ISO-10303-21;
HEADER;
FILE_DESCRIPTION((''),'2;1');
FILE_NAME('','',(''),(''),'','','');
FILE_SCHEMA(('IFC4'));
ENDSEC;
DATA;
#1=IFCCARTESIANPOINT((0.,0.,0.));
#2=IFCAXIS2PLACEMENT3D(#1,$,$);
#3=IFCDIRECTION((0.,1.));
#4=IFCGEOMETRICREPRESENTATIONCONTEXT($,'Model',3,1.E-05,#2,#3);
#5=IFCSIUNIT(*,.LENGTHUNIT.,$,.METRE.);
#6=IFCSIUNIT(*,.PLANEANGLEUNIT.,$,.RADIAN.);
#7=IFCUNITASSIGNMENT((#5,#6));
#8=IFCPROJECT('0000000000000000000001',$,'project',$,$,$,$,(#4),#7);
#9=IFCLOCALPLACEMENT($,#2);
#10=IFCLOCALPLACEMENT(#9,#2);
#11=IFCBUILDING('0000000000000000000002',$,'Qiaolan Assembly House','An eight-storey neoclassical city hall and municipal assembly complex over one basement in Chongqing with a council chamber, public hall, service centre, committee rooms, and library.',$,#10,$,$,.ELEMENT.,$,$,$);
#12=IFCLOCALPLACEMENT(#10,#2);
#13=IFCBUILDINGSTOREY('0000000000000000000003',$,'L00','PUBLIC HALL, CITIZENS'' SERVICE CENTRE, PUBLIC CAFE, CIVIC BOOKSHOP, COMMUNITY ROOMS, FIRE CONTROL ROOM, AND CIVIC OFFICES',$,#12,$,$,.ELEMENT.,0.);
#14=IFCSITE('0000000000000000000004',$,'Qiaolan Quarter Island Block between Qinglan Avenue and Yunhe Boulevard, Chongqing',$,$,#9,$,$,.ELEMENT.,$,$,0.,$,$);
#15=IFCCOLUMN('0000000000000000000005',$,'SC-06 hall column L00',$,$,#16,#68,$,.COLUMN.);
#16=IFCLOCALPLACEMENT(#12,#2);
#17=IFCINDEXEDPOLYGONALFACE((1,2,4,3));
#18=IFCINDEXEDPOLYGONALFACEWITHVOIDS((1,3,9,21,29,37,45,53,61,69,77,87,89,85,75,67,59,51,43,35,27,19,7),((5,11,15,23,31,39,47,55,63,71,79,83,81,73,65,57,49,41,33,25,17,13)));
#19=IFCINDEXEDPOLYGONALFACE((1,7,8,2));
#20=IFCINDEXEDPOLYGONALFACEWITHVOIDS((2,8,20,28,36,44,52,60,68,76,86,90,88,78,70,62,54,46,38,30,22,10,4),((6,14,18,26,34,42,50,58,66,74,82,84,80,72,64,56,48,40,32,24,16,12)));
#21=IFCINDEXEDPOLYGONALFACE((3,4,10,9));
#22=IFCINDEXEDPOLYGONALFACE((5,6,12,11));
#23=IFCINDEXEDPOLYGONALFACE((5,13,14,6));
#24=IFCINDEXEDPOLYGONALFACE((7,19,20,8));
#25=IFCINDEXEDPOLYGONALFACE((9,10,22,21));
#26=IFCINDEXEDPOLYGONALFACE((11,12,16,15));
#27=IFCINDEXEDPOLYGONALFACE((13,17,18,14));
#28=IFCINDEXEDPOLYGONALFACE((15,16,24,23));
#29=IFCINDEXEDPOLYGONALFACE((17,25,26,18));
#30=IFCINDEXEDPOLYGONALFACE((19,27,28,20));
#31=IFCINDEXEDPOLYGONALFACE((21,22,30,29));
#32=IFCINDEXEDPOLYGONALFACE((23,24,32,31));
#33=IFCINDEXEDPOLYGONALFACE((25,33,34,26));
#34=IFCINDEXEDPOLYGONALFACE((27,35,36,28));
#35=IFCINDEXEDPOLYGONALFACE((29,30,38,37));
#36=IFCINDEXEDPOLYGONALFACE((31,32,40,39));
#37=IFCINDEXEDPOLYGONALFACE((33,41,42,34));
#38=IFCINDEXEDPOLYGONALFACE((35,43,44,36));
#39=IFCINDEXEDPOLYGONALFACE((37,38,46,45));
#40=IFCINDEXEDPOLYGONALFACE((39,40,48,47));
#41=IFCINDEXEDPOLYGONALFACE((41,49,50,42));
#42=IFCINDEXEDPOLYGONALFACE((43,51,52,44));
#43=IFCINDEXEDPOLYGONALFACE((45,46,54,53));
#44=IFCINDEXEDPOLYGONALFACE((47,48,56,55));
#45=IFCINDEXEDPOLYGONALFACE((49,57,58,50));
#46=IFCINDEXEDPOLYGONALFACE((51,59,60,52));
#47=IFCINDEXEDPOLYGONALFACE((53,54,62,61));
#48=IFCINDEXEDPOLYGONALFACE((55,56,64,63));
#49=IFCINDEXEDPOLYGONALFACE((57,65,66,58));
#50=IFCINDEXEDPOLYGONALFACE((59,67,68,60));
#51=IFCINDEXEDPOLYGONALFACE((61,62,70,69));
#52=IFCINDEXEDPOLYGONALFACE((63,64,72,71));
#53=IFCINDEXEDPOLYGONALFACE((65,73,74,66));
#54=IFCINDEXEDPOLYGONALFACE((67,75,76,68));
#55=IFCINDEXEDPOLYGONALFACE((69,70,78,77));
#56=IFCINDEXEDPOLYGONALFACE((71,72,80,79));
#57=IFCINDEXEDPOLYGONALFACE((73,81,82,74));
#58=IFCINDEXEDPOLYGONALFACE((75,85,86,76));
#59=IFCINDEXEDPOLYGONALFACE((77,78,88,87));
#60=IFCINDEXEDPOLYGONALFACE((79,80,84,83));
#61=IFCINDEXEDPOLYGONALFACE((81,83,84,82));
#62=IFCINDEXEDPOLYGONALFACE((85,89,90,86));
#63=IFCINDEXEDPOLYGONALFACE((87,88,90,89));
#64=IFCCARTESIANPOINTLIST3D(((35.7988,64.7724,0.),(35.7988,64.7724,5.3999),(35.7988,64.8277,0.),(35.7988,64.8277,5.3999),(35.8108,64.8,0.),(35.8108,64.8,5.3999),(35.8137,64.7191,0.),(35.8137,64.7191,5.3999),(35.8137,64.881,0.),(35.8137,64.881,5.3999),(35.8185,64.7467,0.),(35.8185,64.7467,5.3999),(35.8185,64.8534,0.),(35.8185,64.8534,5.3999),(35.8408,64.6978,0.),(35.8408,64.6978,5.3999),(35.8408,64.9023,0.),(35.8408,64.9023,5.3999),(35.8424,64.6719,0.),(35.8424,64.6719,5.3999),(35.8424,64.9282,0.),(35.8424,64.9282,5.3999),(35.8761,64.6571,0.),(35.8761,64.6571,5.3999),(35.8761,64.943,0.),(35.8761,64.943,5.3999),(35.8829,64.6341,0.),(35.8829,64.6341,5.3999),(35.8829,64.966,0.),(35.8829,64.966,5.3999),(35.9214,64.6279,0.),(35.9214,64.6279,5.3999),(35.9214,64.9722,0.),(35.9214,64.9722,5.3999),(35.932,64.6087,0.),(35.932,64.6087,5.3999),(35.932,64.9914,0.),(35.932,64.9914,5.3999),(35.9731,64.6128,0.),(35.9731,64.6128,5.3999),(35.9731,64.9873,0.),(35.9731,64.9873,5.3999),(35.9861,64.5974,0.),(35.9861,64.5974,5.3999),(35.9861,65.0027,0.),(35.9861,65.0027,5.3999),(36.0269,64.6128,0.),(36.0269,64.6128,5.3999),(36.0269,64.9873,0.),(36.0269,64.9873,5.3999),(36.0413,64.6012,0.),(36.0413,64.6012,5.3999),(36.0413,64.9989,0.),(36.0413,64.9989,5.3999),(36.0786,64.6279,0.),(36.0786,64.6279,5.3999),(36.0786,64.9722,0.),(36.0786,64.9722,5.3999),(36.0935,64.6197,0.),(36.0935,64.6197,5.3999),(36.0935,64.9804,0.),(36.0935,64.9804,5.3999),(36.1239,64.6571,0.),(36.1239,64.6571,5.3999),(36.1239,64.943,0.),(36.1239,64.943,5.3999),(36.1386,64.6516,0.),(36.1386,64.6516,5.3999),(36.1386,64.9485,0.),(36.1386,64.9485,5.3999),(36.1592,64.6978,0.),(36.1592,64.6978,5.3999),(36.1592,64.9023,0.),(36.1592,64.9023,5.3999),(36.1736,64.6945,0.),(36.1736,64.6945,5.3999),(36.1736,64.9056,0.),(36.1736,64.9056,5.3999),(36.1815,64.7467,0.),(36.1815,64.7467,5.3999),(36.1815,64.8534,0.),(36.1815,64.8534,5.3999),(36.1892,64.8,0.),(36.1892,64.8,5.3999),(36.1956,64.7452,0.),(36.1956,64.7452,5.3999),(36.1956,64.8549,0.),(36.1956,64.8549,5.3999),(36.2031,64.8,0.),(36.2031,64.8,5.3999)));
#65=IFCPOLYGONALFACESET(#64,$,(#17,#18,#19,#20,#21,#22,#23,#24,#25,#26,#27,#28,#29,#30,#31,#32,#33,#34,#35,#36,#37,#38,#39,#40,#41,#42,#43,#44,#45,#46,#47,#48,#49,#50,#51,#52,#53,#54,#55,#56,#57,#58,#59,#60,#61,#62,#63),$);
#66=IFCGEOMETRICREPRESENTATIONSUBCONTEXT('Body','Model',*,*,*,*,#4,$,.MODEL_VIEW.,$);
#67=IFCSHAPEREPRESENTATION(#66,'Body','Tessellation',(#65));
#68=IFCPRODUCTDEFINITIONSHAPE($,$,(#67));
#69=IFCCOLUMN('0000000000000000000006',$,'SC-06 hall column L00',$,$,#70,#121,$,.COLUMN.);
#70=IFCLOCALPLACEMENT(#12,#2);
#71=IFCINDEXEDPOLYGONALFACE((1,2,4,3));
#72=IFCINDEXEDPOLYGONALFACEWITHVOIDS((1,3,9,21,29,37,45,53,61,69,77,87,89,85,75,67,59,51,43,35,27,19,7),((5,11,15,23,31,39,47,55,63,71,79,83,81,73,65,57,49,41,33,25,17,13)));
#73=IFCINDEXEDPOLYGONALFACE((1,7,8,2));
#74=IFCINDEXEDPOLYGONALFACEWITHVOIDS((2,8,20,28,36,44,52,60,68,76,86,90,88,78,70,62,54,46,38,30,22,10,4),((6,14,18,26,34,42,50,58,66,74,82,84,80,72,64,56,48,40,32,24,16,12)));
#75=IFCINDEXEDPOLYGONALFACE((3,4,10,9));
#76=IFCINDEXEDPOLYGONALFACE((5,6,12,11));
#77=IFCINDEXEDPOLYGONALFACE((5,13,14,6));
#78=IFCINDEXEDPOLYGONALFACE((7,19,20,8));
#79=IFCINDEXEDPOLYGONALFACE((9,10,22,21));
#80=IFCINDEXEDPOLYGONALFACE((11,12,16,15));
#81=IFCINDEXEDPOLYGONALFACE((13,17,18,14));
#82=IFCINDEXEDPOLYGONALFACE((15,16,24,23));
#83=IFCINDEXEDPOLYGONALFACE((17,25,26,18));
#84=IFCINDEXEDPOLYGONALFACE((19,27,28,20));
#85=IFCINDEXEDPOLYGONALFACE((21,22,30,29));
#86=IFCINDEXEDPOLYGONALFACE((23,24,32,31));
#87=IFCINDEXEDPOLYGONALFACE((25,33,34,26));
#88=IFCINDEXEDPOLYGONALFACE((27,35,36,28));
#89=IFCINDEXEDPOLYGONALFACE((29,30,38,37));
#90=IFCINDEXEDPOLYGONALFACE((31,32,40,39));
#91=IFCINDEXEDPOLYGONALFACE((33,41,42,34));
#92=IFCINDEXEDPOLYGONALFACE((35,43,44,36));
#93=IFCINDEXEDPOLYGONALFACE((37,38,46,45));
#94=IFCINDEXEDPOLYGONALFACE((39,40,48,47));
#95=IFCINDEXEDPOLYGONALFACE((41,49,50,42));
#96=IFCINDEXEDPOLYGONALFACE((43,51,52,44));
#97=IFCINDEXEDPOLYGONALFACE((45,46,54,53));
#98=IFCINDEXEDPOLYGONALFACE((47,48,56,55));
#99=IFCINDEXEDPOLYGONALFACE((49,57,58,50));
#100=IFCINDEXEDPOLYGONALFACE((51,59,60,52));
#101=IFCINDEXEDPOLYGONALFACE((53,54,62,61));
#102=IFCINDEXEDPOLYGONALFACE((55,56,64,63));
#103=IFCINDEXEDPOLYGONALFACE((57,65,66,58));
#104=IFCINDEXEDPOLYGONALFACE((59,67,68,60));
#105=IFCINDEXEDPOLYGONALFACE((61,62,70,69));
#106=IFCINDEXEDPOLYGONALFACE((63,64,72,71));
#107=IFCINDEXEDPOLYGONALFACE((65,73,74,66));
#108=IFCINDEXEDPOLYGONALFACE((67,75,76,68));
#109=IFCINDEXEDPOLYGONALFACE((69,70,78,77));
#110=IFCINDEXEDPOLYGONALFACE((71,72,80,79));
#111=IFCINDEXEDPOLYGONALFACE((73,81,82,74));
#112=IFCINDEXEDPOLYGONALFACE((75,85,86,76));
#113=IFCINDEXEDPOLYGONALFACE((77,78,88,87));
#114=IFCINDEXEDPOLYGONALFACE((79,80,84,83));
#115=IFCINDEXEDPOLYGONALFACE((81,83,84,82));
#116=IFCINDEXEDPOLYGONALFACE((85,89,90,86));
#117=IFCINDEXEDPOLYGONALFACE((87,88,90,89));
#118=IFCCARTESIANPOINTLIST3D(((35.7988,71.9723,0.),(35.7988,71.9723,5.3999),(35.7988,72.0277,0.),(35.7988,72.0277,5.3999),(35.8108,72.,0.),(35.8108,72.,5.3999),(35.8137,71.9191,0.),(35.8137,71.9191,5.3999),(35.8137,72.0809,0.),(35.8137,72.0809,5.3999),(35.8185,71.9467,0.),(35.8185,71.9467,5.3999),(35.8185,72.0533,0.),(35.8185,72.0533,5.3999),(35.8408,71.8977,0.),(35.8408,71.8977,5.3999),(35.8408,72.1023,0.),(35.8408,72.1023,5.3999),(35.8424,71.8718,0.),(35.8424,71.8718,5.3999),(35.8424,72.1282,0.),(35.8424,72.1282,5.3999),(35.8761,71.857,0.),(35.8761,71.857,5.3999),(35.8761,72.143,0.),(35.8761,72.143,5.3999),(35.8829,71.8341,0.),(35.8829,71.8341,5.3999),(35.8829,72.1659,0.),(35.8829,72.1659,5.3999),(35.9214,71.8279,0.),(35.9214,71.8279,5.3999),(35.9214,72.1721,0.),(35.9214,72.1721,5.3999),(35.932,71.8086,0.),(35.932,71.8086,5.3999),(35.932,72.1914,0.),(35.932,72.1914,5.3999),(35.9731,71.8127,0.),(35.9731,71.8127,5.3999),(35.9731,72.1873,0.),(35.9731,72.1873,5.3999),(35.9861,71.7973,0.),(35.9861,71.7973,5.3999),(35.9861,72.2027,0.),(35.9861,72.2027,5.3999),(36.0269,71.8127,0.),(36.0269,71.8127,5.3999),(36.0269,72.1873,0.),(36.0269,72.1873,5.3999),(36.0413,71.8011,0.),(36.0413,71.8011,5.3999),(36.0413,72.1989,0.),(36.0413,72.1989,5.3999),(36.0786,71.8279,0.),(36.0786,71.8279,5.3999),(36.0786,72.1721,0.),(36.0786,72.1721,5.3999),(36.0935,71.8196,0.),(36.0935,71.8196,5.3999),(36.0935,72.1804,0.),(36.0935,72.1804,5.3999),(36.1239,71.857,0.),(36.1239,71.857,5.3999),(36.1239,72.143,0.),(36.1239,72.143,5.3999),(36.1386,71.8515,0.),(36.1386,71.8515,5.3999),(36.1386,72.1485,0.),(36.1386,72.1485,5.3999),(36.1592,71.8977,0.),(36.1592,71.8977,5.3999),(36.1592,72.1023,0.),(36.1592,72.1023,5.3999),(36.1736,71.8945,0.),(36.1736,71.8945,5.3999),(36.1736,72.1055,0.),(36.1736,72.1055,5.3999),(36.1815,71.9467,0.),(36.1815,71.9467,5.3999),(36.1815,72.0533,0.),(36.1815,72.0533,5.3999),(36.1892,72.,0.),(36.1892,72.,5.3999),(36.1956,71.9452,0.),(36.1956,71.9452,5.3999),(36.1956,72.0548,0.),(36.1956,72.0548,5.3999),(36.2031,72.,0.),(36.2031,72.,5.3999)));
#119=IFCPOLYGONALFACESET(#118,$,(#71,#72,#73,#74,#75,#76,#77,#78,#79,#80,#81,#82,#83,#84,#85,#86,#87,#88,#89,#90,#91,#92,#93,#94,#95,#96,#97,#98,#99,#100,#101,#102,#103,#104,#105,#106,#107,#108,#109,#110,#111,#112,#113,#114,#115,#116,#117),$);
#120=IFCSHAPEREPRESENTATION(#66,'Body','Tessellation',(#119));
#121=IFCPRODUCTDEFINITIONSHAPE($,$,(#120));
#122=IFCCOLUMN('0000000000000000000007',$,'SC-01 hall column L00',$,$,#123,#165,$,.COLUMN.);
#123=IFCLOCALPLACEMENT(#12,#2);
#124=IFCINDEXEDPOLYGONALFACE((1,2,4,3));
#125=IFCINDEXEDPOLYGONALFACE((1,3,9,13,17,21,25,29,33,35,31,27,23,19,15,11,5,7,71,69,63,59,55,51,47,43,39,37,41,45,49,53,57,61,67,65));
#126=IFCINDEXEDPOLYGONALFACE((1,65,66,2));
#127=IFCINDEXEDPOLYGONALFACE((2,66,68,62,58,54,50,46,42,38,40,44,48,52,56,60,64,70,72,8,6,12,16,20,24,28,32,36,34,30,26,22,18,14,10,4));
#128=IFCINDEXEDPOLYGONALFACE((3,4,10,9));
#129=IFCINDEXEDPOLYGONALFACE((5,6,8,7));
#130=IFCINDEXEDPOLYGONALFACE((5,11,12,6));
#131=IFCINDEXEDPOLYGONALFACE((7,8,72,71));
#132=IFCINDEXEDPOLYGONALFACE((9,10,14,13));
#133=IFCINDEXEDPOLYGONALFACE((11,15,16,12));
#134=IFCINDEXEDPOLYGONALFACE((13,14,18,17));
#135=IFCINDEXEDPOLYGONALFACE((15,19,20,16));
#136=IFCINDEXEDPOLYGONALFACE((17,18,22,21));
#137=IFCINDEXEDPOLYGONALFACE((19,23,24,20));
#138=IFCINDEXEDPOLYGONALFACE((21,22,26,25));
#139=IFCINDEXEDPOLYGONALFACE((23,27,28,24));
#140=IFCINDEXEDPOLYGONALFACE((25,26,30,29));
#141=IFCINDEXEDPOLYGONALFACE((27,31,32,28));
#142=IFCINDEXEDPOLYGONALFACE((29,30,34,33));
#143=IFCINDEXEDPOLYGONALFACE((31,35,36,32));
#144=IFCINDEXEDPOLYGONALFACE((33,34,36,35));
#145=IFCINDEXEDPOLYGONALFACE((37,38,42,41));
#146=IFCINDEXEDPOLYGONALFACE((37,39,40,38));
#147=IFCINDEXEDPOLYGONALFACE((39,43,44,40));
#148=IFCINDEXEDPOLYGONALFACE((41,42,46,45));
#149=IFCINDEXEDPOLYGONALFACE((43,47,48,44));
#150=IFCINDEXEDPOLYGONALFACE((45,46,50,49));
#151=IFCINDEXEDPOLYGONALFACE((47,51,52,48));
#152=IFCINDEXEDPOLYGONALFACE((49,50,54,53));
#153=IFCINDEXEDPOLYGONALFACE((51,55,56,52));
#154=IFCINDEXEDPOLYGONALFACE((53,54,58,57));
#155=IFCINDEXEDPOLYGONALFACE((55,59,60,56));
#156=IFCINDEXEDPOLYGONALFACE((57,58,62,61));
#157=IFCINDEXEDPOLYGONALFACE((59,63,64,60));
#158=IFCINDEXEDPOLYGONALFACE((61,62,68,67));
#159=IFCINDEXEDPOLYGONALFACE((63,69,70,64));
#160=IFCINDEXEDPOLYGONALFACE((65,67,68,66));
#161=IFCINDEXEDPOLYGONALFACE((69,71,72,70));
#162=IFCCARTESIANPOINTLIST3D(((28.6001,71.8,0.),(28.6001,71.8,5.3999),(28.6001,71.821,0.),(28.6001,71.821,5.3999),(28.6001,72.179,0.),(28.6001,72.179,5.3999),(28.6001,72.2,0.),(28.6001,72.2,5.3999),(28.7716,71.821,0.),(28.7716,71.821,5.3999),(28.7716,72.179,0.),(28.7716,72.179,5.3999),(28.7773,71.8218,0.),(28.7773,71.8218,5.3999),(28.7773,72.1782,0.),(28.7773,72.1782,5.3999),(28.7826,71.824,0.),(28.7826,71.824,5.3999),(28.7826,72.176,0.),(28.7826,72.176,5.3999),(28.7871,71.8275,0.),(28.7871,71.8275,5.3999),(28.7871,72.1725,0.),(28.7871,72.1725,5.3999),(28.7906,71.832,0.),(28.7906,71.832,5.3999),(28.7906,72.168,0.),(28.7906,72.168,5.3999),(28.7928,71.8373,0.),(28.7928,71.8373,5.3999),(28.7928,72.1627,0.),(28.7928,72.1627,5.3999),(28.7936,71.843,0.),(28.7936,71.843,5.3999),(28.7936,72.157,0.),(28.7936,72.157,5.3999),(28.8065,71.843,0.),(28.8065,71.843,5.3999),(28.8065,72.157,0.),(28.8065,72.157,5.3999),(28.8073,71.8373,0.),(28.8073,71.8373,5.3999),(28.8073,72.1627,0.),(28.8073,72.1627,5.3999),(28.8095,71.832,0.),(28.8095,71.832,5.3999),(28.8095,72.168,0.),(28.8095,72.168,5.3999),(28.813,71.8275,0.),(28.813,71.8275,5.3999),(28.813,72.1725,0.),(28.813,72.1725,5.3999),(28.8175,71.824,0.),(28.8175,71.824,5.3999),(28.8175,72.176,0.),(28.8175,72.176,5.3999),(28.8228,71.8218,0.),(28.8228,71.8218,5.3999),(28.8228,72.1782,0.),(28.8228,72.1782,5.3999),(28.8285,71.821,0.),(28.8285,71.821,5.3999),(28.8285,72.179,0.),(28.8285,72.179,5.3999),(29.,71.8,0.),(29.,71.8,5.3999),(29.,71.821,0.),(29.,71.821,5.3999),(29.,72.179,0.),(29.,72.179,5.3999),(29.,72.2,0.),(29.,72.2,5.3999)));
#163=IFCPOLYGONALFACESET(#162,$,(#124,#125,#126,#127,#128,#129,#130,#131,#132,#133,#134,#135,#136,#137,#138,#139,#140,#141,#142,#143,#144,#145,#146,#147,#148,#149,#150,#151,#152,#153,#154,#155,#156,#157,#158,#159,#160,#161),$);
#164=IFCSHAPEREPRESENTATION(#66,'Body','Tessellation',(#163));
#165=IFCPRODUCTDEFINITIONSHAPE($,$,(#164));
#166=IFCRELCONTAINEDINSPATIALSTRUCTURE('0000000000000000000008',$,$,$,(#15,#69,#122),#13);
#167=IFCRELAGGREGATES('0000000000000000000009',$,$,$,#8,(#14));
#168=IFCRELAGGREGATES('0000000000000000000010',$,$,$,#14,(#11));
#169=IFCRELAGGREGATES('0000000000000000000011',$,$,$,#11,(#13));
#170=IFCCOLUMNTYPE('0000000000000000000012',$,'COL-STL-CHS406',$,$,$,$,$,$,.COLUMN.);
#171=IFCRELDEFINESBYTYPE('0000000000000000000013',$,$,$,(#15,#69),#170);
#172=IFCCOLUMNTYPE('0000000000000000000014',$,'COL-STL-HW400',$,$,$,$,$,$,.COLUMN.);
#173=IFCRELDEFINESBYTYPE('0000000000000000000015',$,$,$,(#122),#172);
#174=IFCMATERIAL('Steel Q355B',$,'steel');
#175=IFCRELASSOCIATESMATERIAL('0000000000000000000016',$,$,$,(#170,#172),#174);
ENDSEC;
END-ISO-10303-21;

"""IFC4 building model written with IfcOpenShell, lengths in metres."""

from ifc_helpers import new_model, si_unit, direction, frame, origin, origin_2d, place, context, subcontext, project, spatial, hollow_circle, i_section, extrude, material, material_profile, profile_set, type_object, element, save


model = new_model("IFC4")

# Units and contexts
model_context = context("Model", 3, precision=1e-05, world=origin(), true_north=direction((0.0, 1.0)))
body_context = subcontext(model_context, "Body", "Model", "MODEL_VIEW")
ifc_project = project(units=[si_unit("LENGTHUNIT", "METRE"), si_unit("PLANEANGLEUNIT", "RADIAN")], contexts=[model_context])

# Site, building, storey
site_placement = place(None, origin())
site = spatial("IfcSite", under=ifc_project, at=site_placement, Name="Qiaolan Quarter Island Block between Qinglan Avenue and Yunhe Boulevard, Chongqing", CompositionType="ELEMENT", RefElevation=0.0)
building_placement = place(site_placement, origin())
building = spatial("IfcBuilding", under=site, at=building_placement, Name="Qiaolan Assembly House", Description="An eight-storey neoclassical city hall and municipal assembly complex over one basement in Chongqing with a council chamber, public hall, service centre, committee rooms, and library.", CompositionType="ELEMENT")
storey_placement = place(building_placement, origin())
storey = spatial("IfcBuildingStorey", under=building, at=storey_placement, Name="L00", Description="PUBLIC HALL, CITIZENS' SERVICE CENTRE, PUBLIC CAFE, CIVIC BOOKSHOP, COMMUNITY ROOMS, FIRE CONTROL ROOM, AND CIVIC OFFICES", CompositionType="ELEMENT", Elevation=0.0)

# Columns
ifc_material_1 = material(Name="Steel Q355B", Category="steel")
ifc_material_profile_1 = material_profile(ifc_material_1, hollow_circle(Radius=0.2031, WallThickness=0.0139, at=origin_2d()), Name="CHS 406.4x14")
ifc_profile_set_1 = profile_set([ifc_material_profile_1], Name="Steel Q355B")
column_type_1 = type_object("IfcColumnType", Name="COL-STL-CHS406", PredefinedType="COLUMN", material=ifc_profile_set_1)
for number, where, z_axis, x_axis, name in (
    (1, (36.0, 64.8, 0.0), (0.0, 0.0, 1.0), (1.0, 0.0, 0.0), "SC-06 hall column L00"),
    (2, (36.0, 72.0, 0.0), (0.0, 0.0, 1.0), (1.0, 0.0, 0.0), "SC-06 hall column L00"),
):
    element("IfcColumn", number, at=place(storey_placement, frame(where, z_axis=z_axis, x_axis=x_axis)), inside=storey, type_object=column_type_1, Name=name, PredefinedType="COLUMN", context=body_context, shape_type="SweptSolid", body=[
        extrude(hollow_circle(Radius=0.2031, WallThickness=0.0139, at=origin_2d()), origin(), (0.0, 0.0, 1.0), 5.3999),
    ])
ifc_material_profile_2 = material_profile(ifc_material_1, i_section(OverallWidth=0.3999, OverallDepth=0.3999, WebThickness=0.0129, FlangeThickness=0.021, FilletRadius=0.022, at=origin_2d()), Name="HW 400x400x13x21")
ifc_profile_set_2 = profile_set([ifc_material_profile_2], Name="Steel Q355B")
column_type_2 = type_object("IfcColumnType", Name="COL-STL-HW400", PredefinedType="COLUMN", material=ifc_profile_set_2)
column_placement = place(storey_placement, frame((28.8, 72.0, 0.0), z_axis=(0.0, 0.0, 1.0), x_axis=(1.0, 0.0, 0.0)))
element("IfcColumn", 3, at=column_placement, inside=storey, type_object=column_type_2, Name="SC-01 hall column L00", PredefinedType="COLUMN", context=body_context, shape_type="SweptSolid", body=[
    extrude(i_section(OverallWidth=0.3999, OverallDepth=0.3999, WebThickness=0.0129, FlangeThickness=0.021, FilletRadius=0.022, at=origin_2d()), origin(), (0.0, 0.0, 1.0), 5.3999),
])

save(model, "model.ifc")
